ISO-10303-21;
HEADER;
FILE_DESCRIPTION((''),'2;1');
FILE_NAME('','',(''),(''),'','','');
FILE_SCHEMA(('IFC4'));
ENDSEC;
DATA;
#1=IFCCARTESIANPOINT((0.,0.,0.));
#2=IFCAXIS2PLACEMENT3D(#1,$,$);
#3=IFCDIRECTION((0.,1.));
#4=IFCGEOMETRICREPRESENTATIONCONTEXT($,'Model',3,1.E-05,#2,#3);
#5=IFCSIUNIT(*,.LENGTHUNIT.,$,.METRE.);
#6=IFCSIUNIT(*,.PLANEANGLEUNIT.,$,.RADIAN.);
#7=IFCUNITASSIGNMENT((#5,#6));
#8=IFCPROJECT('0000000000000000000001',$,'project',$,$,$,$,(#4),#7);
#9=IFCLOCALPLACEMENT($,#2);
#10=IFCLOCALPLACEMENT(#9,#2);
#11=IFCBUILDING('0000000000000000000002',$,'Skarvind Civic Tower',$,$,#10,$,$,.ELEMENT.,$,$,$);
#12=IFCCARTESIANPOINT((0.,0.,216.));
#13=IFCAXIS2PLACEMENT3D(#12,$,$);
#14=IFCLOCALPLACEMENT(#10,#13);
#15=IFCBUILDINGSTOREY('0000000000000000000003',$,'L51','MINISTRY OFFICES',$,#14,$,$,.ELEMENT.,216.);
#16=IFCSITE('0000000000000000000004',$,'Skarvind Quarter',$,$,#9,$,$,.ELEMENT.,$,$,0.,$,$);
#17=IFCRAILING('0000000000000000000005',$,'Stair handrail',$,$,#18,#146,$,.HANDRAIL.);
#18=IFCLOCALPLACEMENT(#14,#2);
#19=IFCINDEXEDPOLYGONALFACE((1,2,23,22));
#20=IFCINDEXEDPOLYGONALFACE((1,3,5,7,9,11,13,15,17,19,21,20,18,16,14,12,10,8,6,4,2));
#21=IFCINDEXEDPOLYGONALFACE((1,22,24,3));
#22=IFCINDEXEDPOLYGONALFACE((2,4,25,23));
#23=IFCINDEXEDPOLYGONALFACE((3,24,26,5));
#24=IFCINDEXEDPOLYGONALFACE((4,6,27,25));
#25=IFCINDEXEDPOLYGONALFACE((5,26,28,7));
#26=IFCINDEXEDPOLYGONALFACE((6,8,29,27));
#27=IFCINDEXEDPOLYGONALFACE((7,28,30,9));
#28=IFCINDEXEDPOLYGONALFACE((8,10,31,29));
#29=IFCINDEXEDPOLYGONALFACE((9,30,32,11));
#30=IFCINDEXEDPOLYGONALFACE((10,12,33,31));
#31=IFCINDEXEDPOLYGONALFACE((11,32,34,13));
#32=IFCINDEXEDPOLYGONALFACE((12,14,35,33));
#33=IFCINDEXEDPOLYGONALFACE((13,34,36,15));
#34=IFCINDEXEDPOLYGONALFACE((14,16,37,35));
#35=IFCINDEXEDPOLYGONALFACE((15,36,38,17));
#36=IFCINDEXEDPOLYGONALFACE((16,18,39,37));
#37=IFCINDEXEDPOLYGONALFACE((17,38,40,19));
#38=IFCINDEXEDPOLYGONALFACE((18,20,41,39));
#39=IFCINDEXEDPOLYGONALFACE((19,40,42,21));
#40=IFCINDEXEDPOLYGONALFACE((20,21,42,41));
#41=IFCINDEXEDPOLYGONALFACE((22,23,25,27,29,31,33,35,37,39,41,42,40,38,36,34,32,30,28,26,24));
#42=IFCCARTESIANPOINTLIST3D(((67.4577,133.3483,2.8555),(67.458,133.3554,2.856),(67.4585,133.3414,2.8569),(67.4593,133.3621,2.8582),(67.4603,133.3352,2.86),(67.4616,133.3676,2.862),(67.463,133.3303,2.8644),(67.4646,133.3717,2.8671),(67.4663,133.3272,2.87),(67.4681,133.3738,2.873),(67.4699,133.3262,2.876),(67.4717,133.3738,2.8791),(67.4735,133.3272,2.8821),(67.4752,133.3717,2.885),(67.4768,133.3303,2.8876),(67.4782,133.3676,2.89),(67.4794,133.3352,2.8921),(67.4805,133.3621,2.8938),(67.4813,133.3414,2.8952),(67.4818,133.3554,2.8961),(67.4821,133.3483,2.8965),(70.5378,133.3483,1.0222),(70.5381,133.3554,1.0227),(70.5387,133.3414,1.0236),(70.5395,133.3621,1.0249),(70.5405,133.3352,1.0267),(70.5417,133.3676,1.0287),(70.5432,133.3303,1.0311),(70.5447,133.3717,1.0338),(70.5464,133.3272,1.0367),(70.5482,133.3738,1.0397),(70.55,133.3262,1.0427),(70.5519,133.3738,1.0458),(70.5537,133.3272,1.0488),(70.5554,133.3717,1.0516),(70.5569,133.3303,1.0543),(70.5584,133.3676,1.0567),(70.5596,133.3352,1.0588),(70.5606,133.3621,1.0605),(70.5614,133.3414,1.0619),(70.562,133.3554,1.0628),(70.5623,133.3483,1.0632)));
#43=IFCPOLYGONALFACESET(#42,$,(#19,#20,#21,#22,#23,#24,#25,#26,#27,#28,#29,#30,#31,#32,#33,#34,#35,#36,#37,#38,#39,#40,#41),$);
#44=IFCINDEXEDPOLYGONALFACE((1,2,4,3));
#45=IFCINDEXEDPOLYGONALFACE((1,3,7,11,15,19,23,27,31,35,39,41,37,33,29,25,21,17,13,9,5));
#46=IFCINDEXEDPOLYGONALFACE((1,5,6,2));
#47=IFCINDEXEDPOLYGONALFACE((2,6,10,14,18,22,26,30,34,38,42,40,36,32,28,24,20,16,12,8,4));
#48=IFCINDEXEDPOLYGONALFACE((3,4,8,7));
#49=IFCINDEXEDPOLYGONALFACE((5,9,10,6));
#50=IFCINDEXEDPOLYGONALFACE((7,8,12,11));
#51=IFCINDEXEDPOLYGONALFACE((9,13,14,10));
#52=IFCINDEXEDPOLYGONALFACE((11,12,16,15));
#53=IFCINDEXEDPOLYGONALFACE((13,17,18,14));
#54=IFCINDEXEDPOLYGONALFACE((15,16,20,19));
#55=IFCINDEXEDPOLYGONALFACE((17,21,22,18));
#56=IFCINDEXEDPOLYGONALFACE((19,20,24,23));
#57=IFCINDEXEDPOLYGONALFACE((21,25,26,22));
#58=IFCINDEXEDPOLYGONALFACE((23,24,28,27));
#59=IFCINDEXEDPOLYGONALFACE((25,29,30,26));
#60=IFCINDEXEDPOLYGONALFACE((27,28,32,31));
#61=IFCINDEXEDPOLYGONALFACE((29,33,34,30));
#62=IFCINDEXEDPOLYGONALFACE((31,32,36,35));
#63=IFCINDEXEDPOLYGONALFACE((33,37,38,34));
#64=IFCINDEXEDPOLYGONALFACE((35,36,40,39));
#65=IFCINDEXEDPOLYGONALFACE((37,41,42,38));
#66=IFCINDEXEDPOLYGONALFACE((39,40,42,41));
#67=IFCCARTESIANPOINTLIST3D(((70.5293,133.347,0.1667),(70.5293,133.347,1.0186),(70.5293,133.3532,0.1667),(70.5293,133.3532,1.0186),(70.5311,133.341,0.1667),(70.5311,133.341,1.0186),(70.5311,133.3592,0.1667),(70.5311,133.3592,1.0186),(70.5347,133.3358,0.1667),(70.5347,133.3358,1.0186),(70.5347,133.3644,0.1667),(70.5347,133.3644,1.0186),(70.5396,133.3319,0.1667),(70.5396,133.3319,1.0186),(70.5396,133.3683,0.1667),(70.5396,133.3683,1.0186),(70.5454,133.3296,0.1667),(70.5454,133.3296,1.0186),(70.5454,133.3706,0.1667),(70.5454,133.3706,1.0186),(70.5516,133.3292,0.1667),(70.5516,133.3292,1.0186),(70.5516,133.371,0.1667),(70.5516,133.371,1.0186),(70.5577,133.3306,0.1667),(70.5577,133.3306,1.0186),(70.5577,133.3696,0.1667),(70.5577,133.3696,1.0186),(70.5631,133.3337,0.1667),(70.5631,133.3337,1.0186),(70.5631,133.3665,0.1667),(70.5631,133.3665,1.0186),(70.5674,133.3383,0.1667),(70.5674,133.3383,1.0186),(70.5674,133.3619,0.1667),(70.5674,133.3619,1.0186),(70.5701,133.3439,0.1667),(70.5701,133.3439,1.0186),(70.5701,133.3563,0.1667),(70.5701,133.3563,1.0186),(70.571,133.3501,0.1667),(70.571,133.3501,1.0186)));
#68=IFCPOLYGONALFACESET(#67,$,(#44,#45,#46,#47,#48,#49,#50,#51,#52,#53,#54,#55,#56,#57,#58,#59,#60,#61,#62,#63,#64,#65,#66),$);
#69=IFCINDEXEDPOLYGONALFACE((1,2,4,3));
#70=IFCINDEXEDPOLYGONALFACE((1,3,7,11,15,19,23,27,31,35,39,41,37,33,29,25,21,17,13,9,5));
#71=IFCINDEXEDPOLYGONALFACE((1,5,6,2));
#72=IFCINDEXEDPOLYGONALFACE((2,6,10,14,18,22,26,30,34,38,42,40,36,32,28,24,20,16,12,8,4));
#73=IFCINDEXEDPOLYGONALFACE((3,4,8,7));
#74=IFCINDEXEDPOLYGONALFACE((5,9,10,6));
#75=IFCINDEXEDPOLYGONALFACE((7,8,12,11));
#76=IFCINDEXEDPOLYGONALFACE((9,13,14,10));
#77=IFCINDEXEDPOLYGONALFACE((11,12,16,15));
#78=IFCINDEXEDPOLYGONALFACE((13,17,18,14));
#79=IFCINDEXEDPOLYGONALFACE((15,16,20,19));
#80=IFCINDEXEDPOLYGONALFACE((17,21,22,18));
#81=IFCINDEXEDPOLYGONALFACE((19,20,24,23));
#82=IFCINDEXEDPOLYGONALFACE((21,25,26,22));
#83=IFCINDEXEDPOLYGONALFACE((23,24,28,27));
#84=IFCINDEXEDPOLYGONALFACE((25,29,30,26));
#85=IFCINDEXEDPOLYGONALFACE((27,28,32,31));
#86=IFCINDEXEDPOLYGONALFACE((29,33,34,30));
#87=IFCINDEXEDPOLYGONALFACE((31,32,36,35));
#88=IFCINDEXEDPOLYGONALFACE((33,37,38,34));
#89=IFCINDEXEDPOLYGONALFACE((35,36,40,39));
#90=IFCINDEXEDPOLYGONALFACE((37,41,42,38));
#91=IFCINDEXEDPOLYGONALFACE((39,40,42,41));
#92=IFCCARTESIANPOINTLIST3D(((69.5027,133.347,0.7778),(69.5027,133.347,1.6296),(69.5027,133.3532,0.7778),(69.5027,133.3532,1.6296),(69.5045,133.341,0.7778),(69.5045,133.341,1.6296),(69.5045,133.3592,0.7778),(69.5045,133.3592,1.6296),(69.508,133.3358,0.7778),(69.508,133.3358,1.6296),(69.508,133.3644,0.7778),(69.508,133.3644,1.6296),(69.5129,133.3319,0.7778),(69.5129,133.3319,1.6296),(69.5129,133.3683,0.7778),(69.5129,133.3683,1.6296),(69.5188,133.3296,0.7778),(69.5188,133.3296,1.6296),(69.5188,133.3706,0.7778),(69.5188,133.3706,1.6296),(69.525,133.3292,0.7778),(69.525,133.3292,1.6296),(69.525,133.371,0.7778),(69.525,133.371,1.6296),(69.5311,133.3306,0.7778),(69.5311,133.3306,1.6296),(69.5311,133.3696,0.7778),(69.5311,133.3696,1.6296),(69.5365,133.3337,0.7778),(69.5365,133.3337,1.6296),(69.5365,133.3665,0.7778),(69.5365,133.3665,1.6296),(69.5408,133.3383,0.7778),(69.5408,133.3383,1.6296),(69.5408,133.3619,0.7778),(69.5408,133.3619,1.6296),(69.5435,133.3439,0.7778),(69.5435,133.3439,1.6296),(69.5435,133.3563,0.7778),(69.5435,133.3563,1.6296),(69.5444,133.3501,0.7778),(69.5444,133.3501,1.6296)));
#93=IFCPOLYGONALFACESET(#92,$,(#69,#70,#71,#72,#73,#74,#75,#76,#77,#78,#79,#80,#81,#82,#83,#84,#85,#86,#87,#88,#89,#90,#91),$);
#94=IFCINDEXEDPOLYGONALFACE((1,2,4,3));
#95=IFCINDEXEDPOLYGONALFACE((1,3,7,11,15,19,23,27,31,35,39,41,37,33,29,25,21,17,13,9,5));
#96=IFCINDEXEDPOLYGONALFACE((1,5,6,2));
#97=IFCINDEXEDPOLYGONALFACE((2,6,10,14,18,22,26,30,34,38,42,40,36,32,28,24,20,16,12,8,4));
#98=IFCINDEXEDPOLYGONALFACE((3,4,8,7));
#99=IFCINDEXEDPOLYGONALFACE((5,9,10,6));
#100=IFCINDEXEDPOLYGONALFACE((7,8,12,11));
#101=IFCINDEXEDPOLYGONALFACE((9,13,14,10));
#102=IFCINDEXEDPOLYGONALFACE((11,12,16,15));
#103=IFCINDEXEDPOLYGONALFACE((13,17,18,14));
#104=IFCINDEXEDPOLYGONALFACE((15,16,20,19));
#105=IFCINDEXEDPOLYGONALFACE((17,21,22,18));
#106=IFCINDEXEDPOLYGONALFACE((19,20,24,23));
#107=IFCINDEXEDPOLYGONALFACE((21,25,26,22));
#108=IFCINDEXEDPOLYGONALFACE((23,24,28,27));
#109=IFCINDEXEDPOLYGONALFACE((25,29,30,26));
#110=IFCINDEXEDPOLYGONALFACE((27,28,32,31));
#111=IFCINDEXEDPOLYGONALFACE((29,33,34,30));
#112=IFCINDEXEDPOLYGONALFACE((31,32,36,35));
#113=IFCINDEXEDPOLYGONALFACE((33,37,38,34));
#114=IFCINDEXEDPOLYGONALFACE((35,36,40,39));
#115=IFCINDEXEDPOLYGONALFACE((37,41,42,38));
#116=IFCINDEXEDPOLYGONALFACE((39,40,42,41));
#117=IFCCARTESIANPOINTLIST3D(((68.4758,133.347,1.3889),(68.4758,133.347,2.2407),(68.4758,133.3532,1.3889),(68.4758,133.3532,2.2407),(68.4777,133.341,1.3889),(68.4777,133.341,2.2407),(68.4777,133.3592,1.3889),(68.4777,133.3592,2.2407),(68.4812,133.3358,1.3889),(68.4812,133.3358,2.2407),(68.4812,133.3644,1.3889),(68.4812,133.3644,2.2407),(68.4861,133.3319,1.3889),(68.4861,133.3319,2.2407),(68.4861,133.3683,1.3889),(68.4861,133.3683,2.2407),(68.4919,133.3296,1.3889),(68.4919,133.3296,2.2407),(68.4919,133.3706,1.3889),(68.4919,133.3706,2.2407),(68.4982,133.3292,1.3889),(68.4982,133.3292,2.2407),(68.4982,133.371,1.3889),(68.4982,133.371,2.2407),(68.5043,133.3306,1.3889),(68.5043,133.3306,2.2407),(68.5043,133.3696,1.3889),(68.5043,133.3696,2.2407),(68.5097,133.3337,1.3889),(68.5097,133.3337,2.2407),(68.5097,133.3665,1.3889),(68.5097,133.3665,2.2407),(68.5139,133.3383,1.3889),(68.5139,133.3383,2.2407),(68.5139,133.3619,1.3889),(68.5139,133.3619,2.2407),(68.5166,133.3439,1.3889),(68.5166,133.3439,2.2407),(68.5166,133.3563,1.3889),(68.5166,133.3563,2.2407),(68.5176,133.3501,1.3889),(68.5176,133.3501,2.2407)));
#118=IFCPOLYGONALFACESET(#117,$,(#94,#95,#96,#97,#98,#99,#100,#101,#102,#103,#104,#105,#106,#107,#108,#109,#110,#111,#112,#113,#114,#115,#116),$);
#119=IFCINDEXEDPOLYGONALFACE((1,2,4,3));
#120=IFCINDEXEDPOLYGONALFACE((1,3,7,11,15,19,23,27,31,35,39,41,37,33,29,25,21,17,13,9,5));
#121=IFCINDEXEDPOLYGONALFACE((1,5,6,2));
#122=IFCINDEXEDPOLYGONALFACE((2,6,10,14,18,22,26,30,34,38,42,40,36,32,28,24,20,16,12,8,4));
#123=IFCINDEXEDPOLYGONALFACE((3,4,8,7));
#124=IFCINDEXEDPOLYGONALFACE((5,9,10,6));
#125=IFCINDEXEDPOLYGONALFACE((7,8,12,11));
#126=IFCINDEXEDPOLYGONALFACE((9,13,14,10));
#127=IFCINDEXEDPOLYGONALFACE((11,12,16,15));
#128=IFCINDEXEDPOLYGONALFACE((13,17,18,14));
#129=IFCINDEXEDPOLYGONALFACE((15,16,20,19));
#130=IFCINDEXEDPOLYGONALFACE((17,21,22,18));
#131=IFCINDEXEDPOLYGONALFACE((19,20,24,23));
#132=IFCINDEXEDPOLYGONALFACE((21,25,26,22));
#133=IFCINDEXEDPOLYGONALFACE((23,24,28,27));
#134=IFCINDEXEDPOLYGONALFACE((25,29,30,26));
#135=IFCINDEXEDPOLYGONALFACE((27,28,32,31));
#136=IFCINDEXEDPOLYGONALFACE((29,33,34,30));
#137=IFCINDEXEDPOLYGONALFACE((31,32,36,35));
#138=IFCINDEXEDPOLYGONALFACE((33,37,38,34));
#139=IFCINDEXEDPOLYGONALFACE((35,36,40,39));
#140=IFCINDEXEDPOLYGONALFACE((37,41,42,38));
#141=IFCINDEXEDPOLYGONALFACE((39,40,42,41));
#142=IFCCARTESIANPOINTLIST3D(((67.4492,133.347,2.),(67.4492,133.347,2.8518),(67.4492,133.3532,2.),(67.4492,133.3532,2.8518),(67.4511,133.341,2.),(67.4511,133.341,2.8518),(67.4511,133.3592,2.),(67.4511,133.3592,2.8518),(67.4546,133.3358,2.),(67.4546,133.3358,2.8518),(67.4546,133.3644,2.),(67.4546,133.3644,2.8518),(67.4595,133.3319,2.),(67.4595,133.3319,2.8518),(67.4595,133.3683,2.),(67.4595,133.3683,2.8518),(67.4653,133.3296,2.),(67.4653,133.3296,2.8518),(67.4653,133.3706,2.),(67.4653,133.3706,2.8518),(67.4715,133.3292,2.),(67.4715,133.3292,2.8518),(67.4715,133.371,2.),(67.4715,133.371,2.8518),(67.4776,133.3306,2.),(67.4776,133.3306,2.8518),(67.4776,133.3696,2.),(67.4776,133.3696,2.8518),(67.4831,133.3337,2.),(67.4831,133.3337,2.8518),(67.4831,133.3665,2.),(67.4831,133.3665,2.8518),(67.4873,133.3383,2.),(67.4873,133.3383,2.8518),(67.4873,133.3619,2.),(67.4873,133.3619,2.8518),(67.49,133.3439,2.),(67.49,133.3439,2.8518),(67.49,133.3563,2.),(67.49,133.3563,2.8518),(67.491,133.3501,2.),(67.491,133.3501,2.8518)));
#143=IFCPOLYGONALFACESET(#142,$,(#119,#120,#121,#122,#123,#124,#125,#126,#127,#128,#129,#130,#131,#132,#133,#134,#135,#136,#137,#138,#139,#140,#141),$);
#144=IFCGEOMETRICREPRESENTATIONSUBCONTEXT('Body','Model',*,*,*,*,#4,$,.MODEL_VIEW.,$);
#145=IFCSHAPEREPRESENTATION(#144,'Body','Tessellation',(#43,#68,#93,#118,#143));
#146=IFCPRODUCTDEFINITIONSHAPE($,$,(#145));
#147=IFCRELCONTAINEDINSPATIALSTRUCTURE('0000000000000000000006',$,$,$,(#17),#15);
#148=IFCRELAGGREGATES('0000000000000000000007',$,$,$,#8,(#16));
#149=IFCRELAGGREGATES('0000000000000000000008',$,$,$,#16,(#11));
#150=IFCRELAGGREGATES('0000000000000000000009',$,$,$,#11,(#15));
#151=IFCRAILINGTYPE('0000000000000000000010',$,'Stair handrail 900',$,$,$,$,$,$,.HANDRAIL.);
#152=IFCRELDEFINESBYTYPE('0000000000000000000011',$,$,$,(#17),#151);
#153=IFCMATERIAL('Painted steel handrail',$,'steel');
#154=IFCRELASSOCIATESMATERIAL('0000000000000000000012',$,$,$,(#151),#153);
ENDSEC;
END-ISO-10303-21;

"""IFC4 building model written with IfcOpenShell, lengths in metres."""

from ifc_helpers import new_model, si_unit, direction, frame, origin, origin_2d, place, context, subcontext, project, spatial, circle, extrude, material, type_object, element, save


model = new_model("IFC4")

# Units and contexts
model_context = context("Model", 3, precision=1e-05, world=origin(), true_north=direction((0.0, 1.0)))
body_context = subcontext(model_context, "Body", "Model", "MODEL_VIEW")
ifc_project = project(units=[si_unit("LENGTHUNIT", "METRE"), si_unit("PLANEANGLEUNIT", "RADIAN")], contexts=[model_context])

# Site, building, storey
site_placement = place(None, origin())
site = spatial("IfcSite", under=ifc_project, at=site_placement, Name="Skarvind Quarter", CompositionType="ELEMENT", RefElevation=0.0)
building_placement = place(site_placement, origin())
building = spatial("IfcBuilding", under=site, at=building_placement, Name="Skarvind Civic Tower", CompositionType="ELEMENT")
storey_placement = place(building_placement, frame((0.0, 0.0, 216.0)))
storey = spatial("IfcBuildingStorey", under=building, at=storey_placement, Name="L51", Description="MINISTRY OFFICES", CompositionType="ELEMENT", Elevation=216.0)

# Railing
ifc_material_1 = material(Name="Painted steel handrail", Category="steel")
railing_type = type_object("IfcRailingType", Name="Stair handrail 900", PredefinedType="HANDRAIL", material=ifc_material_1)
railing_1_placement = place(storey_placement, frame((70.55, 133.3501, 0.1667)))
element("IfcRailing", 1, at=railing_1_placement, inside=storey, type_object=railing_type, Name="Stair handrail", PredefinedType="HANDRAIL", context=body_context, shape_type="SweptSolid", body=[
    extrude(circle(Radius=0.0239, at=origin_2d()), frame((0.0, 0.0, 0.876), z_axis=(-0.859309, 0.0, 0.511458), x_axis=(0.0, -1.0, 0.0)), (0.0, 0.0, 1.0), 3.5845),
    extrude(circle(Radius=0.021, at=origin_2d()), origin(), (0.0, 0.0, 1.0), 0.8518),
    extrude(circle(Radius=0.021, at=origin_2d()), frame((-1.0266, 0.0, 0.6111)), (0.0, 0.0, 1.0), 0.8518),
    extrude(circle(Radius=0.021, at=origin_2d()), frame((-2.0535, 0.0, 1.2222)), (0.0, 0.0, 1.0), 0.8518),
    extrude(circle(Radius=0.021, at=origin_2d()), frame((-3.0801, 0.0, 1.8333)), (0.0, 0.0, 1.0), 0.8518),
])

save(model, "model.ifc")
